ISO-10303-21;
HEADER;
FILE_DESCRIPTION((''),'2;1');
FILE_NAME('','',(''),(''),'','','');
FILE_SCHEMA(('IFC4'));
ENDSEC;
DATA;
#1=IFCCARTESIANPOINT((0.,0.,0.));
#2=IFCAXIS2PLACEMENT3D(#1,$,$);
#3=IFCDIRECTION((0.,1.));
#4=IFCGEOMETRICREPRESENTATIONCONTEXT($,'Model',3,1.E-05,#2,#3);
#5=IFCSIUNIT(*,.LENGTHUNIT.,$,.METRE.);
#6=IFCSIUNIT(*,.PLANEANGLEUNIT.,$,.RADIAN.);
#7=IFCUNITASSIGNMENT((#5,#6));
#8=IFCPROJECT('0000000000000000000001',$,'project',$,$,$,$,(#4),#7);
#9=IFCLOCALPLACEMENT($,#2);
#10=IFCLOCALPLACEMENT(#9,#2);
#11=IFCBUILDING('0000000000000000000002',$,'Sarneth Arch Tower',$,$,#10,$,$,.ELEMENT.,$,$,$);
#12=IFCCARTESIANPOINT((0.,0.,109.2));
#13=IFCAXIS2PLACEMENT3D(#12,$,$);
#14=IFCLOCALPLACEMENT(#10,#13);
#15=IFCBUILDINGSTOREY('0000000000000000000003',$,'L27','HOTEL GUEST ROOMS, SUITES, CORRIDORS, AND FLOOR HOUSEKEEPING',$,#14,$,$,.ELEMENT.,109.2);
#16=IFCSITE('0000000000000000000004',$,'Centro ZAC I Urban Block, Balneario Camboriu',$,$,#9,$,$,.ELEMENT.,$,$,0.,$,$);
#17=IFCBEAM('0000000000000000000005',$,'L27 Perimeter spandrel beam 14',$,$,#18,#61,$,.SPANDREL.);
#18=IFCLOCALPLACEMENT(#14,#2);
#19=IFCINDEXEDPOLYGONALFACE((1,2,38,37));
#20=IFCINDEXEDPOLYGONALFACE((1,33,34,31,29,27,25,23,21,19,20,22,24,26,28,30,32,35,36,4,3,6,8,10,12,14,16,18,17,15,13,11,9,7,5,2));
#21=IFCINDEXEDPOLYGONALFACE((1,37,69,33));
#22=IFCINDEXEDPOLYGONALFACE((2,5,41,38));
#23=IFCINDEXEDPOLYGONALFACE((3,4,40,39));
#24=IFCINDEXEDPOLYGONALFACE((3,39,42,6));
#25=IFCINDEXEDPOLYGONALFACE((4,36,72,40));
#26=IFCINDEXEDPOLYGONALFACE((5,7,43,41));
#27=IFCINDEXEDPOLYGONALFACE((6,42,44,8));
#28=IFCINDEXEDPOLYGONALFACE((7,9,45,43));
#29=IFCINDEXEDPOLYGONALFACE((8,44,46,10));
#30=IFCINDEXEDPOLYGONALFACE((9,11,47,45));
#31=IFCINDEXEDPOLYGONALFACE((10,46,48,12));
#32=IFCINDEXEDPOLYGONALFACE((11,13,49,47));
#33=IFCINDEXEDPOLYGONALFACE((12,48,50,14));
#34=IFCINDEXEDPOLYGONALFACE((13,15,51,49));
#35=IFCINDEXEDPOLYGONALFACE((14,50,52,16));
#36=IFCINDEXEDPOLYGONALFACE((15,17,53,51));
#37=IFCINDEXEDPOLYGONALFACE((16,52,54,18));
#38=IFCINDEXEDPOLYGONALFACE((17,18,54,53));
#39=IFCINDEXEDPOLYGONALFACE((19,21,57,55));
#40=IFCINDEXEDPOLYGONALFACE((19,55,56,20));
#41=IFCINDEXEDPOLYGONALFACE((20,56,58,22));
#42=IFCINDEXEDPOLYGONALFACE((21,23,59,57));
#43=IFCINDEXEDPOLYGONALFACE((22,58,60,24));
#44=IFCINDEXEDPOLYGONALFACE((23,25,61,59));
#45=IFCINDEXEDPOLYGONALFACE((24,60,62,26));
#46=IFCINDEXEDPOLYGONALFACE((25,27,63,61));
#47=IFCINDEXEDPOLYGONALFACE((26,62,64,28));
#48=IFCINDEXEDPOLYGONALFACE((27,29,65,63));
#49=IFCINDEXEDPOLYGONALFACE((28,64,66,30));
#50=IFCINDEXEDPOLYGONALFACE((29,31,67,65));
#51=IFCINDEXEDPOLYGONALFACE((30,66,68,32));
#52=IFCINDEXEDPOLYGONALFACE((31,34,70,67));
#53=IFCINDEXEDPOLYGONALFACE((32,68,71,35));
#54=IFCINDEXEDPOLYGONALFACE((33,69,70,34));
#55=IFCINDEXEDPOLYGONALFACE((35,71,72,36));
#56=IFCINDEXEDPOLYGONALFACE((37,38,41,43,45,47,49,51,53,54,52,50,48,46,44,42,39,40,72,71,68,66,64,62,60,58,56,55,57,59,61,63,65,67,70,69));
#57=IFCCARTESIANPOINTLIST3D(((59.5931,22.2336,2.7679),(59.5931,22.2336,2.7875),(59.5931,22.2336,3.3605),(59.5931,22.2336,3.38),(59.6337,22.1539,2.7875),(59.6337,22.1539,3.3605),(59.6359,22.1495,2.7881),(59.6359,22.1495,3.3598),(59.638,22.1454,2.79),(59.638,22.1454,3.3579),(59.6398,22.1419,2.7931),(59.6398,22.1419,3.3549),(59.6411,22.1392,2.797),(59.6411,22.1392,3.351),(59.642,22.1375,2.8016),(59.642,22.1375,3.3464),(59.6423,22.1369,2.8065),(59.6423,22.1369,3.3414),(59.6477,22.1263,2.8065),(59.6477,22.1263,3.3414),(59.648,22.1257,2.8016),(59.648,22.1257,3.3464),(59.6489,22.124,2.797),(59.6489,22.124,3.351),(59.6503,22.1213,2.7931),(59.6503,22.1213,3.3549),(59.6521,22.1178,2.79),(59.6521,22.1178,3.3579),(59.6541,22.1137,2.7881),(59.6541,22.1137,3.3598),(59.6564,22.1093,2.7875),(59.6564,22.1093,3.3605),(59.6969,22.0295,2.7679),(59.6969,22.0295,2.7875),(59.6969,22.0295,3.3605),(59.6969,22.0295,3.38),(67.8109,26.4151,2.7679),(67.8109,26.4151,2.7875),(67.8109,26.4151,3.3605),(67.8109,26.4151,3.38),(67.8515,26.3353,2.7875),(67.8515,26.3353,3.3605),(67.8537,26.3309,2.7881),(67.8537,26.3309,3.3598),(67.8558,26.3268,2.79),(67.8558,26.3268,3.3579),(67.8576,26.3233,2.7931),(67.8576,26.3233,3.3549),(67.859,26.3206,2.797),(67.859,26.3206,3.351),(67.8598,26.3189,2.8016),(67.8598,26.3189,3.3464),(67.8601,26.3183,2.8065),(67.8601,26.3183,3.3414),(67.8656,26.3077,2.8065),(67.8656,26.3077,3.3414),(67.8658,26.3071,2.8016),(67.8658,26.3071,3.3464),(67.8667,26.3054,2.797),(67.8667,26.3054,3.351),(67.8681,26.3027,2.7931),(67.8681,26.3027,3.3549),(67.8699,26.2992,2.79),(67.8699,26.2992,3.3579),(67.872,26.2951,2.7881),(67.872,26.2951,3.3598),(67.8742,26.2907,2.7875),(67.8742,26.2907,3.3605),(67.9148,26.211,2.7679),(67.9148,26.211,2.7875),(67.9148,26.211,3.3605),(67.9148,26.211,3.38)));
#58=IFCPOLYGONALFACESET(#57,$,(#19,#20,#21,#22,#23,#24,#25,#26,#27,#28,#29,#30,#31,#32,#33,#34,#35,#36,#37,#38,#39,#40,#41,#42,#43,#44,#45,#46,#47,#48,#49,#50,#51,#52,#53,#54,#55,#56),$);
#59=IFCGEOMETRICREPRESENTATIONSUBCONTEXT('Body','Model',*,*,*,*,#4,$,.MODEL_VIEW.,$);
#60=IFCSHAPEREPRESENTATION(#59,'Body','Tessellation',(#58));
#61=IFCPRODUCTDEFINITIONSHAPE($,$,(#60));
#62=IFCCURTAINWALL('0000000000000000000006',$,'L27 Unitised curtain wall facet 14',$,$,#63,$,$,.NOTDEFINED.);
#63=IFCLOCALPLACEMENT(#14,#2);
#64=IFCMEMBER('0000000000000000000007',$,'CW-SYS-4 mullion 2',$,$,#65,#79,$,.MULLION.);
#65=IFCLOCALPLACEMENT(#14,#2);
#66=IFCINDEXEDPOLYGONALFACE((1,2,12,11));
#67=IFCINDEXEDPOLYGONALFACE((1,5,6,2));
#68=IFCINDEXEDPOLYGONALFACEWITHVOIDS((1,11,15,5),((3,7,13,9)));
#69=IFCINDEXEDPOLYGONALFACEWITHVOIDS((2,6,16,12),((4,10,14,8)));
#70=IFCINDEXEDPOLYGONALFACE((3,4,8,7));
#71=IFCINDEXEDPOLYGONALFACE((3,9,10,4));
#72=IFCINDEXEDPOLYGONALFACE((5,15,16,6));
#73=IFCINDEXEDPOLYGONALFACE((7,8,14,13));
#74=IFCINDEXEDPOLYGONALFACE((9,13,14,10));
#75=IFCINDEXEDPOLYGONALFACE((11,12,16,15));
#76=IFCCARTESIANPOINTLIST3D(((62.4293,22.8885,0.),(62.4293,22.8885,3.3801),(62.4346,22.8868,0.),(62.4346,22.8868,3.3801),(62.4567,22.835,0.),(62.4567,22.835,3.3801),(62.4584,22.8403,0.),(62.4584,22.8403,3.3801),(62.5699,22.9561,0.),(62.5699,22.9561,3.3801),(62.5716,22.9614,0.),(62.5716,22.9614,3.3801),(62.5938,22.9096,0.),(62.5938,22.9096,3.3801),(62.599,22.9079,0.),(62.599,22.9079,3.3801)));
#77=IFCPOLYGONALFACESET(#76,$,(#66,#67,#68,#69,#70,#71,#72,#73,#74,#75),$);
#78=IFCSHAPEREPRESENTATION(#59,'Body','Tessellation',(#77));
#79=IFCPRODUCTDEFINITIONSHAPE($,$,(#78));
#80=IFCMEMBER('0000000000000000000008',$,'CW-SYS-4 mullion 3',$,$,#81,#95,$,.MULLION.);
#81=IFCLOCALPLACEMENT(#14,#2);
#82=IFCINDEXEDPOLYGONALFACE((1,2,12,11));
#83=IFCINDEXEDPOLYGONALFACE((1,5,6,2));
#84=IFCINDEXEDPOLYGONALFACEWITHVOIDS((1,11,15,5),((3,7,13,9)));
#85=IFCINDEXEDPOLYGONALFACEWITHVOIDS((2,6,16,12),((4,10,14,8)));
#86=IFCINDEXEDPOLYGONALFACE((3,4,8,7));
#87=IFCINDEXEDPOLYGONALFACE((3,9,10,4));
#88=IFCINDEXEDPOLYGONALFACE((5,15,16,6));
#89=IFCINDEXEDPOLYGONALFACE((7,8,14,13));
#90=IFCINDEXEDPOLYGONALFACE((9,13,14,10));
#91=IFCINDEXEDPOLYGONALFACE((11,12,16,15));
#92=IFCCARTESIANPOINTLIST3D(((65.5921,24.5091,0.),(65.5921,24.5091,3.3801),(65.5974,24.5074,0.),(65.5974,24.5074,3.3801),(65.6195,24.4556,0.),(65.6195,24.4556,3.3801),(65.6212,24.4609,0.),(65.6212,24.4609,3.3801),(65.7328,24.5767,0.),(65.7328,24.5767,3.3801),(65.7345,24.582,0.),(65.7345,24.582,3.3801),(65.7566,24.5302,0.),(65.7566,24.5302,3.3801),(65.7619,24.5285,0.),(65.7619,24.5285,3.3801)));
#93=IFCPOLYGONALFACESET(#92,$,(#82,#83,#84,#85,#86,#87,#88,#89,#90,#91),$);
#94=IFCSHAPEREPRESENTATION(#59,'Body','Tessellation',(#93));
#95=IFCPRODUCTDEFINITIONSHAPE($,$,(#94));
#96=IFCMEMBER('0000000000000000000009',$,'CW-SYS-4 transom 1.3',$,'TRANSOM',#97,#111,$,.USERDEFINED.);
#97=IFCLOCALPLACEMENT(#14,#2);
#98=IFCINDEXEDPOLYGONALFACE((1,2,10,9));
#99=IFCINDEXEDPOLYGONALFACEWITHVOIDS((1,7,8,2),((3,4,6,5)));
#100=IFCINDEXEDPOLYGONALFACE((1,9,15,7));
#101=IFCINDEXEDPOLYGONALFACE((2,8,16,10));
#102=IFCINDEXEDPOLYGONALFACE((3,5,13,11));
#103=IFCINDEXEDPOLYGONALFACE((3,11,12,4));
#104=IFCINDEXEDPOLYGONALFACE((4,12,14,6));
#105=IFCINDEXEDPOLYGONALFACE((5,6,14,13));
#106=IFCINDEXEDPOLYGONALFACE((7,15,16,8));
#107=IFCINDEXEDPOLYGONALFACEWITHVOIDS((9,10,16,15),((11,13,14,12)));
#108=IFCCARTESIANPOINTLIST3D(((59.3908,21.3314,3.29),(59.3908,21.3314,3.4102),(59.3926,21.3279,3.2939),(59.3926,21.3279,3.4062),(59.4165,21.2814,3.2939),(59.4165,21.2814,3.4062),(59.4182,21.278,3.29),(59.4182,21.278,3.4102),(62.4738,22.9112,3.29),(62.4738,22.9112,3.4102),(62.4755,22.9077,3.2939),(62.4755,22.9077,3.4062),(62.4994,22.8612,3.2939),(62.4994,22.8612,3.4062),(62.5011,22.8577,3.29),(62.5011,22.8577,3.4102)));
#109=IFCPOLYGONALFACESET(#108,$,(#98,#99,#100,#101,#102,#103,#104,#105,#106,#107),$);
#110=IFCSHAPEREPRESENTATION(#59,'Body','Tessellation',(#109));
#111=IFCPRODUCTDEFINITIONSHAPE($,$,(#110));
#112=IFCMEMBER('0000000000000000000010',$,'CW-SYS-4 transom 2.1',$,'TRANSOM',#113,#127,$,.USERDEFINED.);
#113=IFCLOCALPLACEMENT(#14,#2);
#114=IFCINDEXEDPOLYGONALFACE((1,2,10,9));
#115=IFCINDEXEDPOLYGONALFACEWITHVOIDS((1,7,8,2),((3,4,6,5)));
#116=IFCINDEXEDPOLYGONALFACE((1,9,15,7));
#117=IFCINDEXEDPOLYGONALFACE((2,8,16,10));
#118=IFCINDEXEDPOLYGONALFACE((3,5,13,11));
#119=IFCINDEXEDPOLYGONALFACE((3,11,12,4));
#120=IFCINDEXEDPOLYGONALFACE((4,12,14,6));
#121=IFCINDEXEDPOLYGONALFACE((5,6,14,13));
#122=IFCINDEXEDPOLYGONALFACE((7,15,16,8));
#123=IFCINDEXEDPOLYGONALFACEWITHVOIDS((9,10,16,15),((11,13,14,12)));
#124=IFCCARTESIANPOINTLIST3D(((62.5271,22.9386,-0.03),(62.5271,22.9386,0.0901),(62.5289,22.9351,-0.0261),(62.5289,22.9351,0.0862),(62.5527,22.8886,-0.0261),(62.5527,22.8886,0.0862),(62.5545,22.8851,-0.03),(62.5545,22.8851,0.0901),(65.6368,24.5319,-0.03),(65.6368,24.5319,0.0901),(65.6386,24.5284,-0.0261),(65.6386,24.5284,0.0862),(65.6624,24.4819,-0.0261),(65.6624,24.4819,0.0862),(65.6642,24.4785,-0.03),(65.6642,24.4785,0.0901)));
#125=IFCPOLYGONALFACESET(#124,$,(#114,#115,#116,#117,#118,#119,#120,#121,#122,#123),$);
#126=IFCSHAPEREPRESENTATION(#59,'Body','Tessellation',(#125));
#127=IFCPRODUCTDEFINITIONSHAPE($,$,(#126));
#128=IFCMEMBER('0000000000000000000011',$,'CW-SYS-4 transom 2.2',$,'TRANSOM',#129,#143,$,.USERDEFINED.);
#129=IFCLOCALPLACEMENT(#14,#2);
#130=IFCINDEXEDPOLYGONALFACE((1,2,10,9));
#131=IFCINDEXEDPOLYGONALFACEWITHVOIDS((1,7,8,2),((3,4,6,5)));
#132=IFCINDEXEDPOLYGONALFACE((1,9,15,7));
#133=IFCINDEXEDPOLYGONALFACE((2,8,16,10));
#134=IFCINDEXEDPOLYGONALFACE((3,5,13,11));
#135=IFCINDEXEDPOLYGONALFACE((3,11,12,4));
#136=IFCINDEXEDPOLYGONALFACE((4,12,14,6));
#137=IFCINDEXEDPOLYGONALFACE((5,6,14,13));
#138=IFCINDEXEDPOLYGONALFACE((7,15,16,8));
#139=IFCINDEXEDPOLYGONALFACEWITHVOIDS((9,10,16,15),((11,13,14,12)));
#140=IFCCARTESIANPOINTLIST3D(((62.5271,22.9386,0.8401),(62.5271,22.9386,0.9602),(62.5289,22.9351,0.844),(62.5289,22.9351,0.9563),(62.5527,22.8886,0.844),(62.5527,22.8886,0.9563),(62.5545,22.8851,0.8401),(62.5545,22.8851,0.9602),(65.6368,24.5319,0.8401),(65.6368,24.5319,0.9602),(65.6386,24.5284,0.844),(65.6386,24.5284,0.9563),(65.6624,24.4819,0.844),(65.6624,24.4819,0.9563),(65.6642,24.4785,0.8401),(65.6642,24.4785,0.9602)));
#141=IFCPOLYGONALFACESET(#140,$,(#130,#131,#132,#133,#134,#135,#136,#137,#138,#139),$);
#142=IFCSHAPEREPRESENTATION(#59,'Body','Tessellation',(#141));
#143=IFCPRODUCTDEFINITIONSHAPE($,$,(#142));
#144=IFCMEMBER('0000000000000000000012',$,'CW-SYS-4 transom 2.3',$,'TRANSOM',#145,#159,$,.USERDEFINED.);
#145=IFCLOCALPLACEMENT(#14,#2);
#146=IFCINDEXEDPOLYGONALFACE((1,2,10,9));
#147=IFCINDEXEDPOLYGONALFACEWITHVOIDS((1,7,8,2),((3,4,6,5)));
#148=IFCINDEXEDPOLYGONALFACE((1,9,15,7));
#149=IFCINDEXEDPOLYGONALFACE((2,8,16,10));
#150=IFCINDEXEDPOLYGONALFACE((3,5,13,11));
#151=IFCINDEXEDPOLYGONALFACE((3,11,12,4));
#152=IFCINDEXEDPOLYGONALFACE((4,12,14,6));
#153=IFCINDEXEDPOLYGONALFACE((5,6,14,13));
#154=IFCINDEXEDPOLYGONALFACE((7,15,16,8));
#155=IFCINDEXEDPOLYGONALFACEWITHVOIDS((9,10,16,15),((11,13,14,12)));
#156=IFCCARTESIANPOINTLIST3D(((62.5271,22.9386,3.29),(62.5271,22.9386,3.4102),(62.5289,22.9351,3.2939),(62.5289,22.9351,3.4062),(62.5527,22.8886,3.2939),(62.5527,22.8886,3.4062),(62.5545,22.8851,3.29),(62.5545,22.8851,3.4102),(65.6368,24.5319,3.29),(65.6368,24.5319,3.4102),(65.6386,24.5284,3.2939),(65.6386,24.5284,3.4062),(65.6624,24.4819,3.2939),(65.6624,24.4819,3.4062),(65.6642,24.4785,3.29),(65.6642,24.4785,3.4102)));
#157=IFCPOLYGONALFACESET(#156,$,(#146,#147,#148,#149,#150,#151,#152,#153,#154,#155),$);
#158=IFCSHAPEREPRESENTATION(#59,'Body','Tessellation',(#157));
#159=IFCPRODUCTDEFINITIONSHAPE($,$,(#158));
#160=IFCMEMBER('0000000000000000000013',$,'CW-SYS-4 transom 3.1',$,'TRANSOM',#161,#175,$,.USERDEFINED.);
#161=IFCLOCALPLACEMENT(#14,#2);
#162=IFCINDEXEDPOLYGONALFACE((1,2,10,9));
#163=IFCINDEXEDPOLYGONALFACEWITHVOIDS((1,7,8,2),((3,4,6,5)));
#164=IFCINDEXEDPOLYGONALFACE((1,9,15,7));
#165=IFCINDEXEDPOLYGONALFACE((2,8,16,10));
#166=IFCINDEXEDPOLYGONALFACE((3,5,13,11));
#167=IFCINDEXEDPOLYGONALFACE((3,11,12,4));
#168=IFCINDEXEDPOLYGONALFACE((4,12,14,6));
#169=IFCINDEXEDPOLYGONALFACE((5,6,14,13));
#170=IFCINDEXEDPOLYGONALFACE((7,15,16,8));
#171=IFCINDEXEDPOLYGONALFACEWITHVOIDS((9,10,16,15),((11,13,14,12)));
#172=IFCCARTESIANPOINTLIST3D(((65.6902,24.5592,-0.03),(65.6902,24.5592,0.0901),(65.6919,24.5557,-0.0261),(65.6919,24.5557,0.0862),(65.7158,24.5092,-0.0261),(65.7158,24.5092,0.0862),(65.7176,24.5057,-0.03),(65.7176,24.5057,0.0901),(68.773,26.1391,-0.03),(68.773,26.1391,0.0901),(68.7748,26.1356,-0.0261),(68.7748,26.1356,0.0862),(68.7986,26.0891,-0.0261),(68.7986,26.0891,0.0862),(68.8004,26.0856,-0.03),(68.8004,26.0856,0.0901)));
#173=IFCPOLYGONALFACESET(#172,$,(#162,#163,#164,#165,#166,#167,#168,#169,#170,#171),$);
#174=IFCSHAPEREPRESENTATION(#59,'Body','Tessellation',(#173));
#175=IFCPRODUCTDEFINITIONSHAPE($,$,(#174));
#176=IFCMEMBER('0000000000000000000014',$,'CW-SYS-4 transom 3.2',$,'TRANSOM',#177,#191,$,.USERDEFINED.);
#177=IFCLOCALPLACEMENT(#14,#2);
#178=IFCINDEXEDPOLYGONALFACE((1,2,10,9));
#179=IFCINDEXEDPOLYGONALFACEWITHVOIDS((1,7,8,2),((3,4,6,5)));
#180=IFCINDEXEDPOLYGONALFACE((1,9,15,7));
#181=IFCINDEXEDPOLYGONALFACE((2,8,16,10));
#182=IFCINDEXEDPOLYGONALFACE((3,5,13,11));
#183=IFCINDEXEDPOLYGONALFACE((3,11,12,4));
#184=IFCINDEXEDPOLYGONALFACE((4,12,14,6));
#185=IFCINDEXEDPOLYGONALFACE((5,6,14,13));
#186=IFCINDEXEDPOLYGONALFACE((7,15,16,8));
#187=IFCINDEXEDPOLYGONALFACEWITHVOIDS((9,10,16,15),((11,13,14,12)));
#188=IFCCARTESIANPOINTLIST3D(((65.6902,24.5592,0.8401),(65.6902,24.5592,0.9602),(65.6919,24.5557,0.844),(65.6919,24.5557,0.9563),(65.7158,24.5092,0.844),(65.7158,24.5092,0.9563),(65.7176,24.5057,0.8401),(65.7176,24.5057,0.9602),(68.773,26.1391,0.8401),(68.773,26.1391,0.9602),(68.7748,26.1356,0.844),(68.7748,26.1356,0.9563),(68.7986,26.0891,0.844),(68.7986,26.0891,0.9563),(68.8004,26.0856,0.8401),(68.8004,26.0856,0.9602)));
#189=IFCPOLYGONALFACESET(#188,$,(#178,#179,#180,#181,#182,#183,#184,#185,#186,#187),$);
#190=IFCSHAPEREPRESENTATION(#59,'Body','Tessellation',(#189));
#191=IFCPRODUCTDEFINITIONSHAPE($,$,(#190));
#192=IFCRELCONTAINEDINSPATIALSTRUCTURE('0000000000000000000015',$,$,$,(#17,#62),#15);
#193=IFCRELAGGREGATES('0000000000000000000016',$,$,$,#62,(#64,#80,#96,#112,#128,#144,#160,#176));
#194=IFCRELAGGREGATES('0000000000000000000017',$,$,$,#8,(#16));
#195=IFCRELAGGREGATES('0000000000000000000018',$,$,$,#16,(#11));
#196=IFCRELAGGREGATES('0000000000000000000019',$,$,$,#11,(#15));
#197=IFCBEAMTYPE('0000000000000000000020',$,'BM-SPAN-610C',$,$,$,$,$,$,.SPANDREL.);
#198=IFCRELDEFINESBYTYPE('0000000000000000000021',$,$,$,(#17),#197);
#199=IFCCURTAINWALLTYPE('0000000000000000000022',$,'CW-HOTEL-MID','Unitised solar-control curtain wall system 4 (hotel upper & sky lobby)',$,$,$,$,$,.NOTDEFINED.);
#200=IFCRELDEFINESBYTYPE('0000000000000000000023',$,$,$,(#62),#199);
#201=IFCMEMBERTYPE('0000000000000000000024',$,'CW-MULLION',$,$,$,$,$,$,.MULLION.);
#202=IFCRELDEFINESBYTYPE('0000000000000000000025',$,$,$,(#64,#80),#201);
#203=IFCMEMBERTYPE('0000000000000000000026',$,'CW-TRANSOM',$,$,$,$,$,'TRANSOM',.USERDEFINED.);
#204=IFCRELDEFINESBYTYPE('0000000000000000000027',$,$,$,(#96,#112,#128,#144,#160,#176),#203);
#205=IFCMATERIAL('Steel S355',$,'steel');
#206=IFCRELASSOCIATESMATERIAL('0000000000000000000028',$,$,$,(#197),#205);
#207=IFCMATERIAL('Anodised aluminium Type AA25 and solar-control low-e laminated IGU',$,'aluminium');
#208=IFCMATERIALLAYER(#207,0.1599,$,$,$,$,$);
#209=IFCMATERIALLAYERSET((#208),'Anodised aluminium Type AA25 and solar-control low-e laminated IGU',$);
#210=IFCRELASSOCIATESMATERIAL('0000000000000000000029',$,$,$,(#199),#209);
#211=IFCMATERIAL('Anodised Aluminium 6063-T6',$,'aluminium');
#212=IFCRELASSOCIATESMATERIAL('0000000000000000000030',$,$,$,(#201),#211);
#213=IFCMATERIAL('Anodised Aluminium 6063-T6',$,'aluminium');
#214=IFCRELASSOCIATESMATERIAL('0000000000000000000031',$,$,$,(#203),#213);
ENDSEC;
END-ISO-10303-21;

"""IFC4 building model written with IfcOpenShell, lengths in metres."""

from ifc_helpers import new_model, si_unit, direction, frame, origin, origin_2d, place, context, subcontext, project, spatial, hollow_rectangle, i_section, extrude, material, layer, layer_set, material_profile, profile_set, type_object, element, aggregate, save


model = new_model("IFC4")

# Units and contexts
model_context = context("Model", 3, precision=1e-05, world=origin(), true_north=direction((0.0, 1.0)))
body_context = subcontext(model_context, "Body", "Model", "MODEL_VIEW")
ifc_project = project(units=[si_unit("LENGTHUNIT", "METRE"), si_unit("PLANEANGLEUNIT", "RADIAN")], contexts=[model_context])

# Site, building, storey
site_placement = place(None, origin())
site = spatial("IfcSite", under=ifc_project, at=site_placement, Name="Centro ZAC I Urban Block, Balneario Camboriu", CompositionType="ELEMENT", RefElevation=0.0)
building_placement = place(site_placement, origin())
building = spatial("IfcBuilding", under=site, at=building_placement, Name="Sarneth Arch Tower", CompositionType="ELEMENT")
storey_placement = place(building_placement, frame((0.0, 0.0, 109.2)))
storey = spatial("IfcBuildingStorey", under=building, at=storey_placement, Name="L27", Description="HOTEL GUEST ROOMS, SUITES, CORRIDORS, AND FLOOR HOUSEKEEPING", CompositionType="ELEMENT", Elevation=109.2)

# Beam
ifc_material_1 = material(Name="Steel S355", Category="steel")
ifc_material_profile_1 = material_profile(ifc_material_1, i_section(OverallWidth=0.229, OverallDepth=0.6121, WebThickness=0.012, FlangeThickness=0.0195, FilletRadius=0.019, at=origin_2d()), Name="W610x125")
ifc_profile_set_1 = profile_set([ifc_material_profile_1], Name="Steel S355")
beam_type = type_object("IfcBeamType", Name="BM-SPAN-610C", PredefinedType="SPANDREL", material=ifc_profile_set_1)
beam_placement = place(storey_placement, frame((59.645, 22.1316, 3.074), z_axis=(0.891259, 0.453494, 0.0), x_axis=(-0.453494, 0.891259, 0.0)))
element("IfcBeam", 1, at=beam_placement, inside=storey, type_object=beam_type, Name="L27 Perimeter spandrel beam 14", PredefinedType="SPANDREL", context=body_context, shape_type="SweptSolid", body=[
    extrude(i_section(OverallWidth=0.229, OverallDepth=0.6121, WebThickness=0.012, FlangeThickness=0.0195, FilletRadius=0.019, at=origin_2d()), origin(), (0.0, 0.0, 1.0), 9.2205),
])

# Curtain wall, members
ifc_material_2 = material(Name="Anodised aluminium Type AA25 and solar-control low-e laminated IGU", Category="aluminium")
ifc_layer_1 = layer(ifc_material_2, 0.1599)
ifc_layer_set_1 = layer_set([ifc_layer_1], Name="Anodised aluminium Type AA25 and solar-control low-e laminated IGU")
curtain_wall_type = type_object("IfcCurtainWallType", Name="CW-HOTEL-MID", Description="Unitised solar-control curtain wall system 4 (hotel upper & sky lobby)", PredefinedType="NOTDEFINED", material=ifc_layer_set_1)
curtain_wall_placement = place(storey_placement, origin())
curtain_wall = element("IfcCurtainWall", 2, at=curtain_wall_placement, inside=storey, type_object=curtain_wall_type, Name="L27 Unitised curtain wall facet 14", PredefinedType="NOTDEFINED")
ifc_material_3 = material(Name="Anodised Aluminium 6063-T6", Category="aluminium")
ifc_material_profile_2 = material_profile(ifc_material_3, hollow_rectangle(XDim=0.0601, YDim=0.1599, WallThickness=0.0039, at=origin_2d()), Name="AL-MULL-160x60x4")
ifc_profile_set_2 = profile_set([ifc_material_profile_2], Name="Anodised Aluminium 6063-T6")
member_type_1 = type_object("IfcMemberType", Name="CW-MULLION", PredefinedType="MULLION", material=ifc_profile_set_2)
member_1_placement = place(storey_placement, frame((62.5142, 22.8982, 0.0), z_axis=(0.0, 0.0, 1.0), x_axis=(-0.456031, 0.889964, 0.0)))
member_1 = element("IfcMember", 3, at=member_1_placement, type_object=member_type_1, Name="CW-SYS-4 mullion 2", PredefinedType="MULLION", context=body_context, shape_type="SweptSolid", body=[
    extrude(hollow_rectangle(XDim=0.0601, YDim=0.1599, WallThickness=0.0039, at=origin_2d()), origin(), (0.0, 0.0, 1.0), 3.3801),
])
member_2_placement = place(storey_placement, frame((65.677, 24.5188, 0.0), z_axis=(0.0, 0.0, 1.0), x_axis=(-0.456031, 0.889964, 0.0)))
member_2 = element("IfcMember", 4, at=member_2_placement, type_object=member_type_1, Name="CW-SYS-4 mullion 3", PredefinedType="MULLION", context=body_context, shape_type="SweptSolid", body=[
    extrude(hollow_rectangle(XDim=0.0601, YDim=0.1599, WallThickness=0.0039, at=origin_2d()), origin(), (0.0, 0.0, 1.0), 3.3801),
])
ifc_material_4 = material(Name="Anodised Aluminium 6063-T6", Category="aluminium")
ifc_material_profile_3 = material_profile(ifc_material_4, hollow_rectangle(XDim=0.0601, YDim=0.1201, WallThickness=0.0039, at=origin_2d()), Name="AL-TRAN-120x60x4")
ifc_profile_set_3 = profile_set([ifc_material_profile_3], Name="Anodised Aluminium 6063-T6")
member_type_2 = type_object("IfcMemberType", Name="CW-TRANSOM", ElementType="TRANSOM", PredefinedType="USERDEFINED", material=ifc_profile_set_3)
member_3_placement = place(storey_placement, frame((59.4045, 21.3047, 3.3501), z_axis=(0.889958, 0.456043, 0.0), x_axis=(-0.456043, 0.889958, 0.0)))
member_3 = element("IfcMember", 5, at=member_3_placement, type_object=member_type_2, Name="CW-SYS-4 transom 1.3", ObjectType="TRANSOM", PredefinedType="USERDEFINED", context=body_context, shape_type="SweptSolid", body=[
    extrude(hollow_rectangle(XDim=0.0601, YDim=0.1201, WallThickness=0.0039, at=origin_2d()), origin(), (0.0, 0.0, 1.0), 3.4641),
])
member_4_placement = place(storey_placement, frame((62.5408, 22.9119, 0.03), z_axis=(0.889982, 0.455996, 0.0), x_axis=(-0.455996, 0.889982, 0.0)))
member_4 = element("IfcMember", 6, at=member_4_placement, type_object=member_type_2, Name="CW-SYS-4 transom 2.1", ObjectType="TRANSOM", PredefinedType="USERDEFINED", context=body_context, shape_type="SweptSolid", body=[
    extrude(hollow_rectangle(XDim=0.0601, YDim=0.1201, WallThickness=0.0039, at=origin_2d()), origin(), (0.0, 0.0, 1.0), 3.4941),
])
member_5_placement = place(storey_placement, frame((62.5408, 22.9119, 0.9001), z_axis=(0.889982, 0.455996, 0.0), x_axis=(-0.455996, 0.889982, 0.0)))
member_5 = element("IfcMember", 7, at=member_5_placement, type_object=member_type_2, Name="CW-SYS-4 transom 2.2", ObjectType="TRANSOM", PredefinedType="USERDEFINED", context=body_context, shape_type="SweptSolid", body=[
    extrude(hollow_rectangle(XDim=0.0601, YDim=0.1201, WallThickness=0.0039, at=origin_2d()), origin(), (0.0, 0.0, 1.0), 3.4941),
])
member_6_placement = place(storey_placement, frame((62.5408, 22.9119, 3.3501), z_axis=(0.889982, 0.455996, 0.0), x_axis=(-0.455996, 0.889982, 0.0)))
member_6 = element("IfcMember", 8, at=member_6_placement, type_object=member_type_2, Name="CW-SYS-4 transom 2.3", ObjectType="TRANSOM", PredefinedType="USERDEFINED", context=body_context, shape_type="SweptSolid", body=[
    extrude(hollow_rectangle(XDim=0.0601, YDim=0.1201, WallThickness=0.0039, at=origin_2d()), origin(), (0.0, 0.0, 1.0), 3.4941),
])
member_7_placement = place(storey_placement, frame((65.7039, 24.5325, 0.03), z_axis=(0.889943, 0.456072, 0.0), x_axis=(-0.456072, 0.889943, 0.0)))
member_7 = element("IfcMember", 9, at=member_7_placement, type_object=member_type_2, Name="CW-SYS-4 transom 3.1", ObjectType="TRANSOM", PredefinedType="USERDEFINED", context=body_context, shape_type="SweptSolid", body=[
    extrude(hollow_rectangle(XDim=0.0601, YDim=0.1201, WallThickness=0.0039, at=origin_2d()), origin(), (0.0, 0.0, 1.0), 3.4641),
])
member_8_placement = place(storey_placement, frame((65.7039, 24.5325, 0.9001), z_axis=(0.889943, 0.456072, 0.0), x_axis=(-0.456072, 0.889943, 0.0)))
member_8 = element("IfcMember", 10, at=member_8_placement, type_object=member_type_2, Name="CW-SYS-4 transom 3.2", ObjectType="TRANSOM", PredefinedType="USERDEFINED", context=body_context, shape_type="SweptSolid", body=[
    extrude(hollow_rectangle(XDim=0.0601, YDim=0.1201, WallThickness=0.0039, at=origin_2d()), origin(), (0.0, 0.0, 1.0), 3.4641),
])
aggregate(curtain_wall, [member_1, member_2, member_3, member_4, member_5, member_6, member_7, member_8])

save(model, "model.ifc")
